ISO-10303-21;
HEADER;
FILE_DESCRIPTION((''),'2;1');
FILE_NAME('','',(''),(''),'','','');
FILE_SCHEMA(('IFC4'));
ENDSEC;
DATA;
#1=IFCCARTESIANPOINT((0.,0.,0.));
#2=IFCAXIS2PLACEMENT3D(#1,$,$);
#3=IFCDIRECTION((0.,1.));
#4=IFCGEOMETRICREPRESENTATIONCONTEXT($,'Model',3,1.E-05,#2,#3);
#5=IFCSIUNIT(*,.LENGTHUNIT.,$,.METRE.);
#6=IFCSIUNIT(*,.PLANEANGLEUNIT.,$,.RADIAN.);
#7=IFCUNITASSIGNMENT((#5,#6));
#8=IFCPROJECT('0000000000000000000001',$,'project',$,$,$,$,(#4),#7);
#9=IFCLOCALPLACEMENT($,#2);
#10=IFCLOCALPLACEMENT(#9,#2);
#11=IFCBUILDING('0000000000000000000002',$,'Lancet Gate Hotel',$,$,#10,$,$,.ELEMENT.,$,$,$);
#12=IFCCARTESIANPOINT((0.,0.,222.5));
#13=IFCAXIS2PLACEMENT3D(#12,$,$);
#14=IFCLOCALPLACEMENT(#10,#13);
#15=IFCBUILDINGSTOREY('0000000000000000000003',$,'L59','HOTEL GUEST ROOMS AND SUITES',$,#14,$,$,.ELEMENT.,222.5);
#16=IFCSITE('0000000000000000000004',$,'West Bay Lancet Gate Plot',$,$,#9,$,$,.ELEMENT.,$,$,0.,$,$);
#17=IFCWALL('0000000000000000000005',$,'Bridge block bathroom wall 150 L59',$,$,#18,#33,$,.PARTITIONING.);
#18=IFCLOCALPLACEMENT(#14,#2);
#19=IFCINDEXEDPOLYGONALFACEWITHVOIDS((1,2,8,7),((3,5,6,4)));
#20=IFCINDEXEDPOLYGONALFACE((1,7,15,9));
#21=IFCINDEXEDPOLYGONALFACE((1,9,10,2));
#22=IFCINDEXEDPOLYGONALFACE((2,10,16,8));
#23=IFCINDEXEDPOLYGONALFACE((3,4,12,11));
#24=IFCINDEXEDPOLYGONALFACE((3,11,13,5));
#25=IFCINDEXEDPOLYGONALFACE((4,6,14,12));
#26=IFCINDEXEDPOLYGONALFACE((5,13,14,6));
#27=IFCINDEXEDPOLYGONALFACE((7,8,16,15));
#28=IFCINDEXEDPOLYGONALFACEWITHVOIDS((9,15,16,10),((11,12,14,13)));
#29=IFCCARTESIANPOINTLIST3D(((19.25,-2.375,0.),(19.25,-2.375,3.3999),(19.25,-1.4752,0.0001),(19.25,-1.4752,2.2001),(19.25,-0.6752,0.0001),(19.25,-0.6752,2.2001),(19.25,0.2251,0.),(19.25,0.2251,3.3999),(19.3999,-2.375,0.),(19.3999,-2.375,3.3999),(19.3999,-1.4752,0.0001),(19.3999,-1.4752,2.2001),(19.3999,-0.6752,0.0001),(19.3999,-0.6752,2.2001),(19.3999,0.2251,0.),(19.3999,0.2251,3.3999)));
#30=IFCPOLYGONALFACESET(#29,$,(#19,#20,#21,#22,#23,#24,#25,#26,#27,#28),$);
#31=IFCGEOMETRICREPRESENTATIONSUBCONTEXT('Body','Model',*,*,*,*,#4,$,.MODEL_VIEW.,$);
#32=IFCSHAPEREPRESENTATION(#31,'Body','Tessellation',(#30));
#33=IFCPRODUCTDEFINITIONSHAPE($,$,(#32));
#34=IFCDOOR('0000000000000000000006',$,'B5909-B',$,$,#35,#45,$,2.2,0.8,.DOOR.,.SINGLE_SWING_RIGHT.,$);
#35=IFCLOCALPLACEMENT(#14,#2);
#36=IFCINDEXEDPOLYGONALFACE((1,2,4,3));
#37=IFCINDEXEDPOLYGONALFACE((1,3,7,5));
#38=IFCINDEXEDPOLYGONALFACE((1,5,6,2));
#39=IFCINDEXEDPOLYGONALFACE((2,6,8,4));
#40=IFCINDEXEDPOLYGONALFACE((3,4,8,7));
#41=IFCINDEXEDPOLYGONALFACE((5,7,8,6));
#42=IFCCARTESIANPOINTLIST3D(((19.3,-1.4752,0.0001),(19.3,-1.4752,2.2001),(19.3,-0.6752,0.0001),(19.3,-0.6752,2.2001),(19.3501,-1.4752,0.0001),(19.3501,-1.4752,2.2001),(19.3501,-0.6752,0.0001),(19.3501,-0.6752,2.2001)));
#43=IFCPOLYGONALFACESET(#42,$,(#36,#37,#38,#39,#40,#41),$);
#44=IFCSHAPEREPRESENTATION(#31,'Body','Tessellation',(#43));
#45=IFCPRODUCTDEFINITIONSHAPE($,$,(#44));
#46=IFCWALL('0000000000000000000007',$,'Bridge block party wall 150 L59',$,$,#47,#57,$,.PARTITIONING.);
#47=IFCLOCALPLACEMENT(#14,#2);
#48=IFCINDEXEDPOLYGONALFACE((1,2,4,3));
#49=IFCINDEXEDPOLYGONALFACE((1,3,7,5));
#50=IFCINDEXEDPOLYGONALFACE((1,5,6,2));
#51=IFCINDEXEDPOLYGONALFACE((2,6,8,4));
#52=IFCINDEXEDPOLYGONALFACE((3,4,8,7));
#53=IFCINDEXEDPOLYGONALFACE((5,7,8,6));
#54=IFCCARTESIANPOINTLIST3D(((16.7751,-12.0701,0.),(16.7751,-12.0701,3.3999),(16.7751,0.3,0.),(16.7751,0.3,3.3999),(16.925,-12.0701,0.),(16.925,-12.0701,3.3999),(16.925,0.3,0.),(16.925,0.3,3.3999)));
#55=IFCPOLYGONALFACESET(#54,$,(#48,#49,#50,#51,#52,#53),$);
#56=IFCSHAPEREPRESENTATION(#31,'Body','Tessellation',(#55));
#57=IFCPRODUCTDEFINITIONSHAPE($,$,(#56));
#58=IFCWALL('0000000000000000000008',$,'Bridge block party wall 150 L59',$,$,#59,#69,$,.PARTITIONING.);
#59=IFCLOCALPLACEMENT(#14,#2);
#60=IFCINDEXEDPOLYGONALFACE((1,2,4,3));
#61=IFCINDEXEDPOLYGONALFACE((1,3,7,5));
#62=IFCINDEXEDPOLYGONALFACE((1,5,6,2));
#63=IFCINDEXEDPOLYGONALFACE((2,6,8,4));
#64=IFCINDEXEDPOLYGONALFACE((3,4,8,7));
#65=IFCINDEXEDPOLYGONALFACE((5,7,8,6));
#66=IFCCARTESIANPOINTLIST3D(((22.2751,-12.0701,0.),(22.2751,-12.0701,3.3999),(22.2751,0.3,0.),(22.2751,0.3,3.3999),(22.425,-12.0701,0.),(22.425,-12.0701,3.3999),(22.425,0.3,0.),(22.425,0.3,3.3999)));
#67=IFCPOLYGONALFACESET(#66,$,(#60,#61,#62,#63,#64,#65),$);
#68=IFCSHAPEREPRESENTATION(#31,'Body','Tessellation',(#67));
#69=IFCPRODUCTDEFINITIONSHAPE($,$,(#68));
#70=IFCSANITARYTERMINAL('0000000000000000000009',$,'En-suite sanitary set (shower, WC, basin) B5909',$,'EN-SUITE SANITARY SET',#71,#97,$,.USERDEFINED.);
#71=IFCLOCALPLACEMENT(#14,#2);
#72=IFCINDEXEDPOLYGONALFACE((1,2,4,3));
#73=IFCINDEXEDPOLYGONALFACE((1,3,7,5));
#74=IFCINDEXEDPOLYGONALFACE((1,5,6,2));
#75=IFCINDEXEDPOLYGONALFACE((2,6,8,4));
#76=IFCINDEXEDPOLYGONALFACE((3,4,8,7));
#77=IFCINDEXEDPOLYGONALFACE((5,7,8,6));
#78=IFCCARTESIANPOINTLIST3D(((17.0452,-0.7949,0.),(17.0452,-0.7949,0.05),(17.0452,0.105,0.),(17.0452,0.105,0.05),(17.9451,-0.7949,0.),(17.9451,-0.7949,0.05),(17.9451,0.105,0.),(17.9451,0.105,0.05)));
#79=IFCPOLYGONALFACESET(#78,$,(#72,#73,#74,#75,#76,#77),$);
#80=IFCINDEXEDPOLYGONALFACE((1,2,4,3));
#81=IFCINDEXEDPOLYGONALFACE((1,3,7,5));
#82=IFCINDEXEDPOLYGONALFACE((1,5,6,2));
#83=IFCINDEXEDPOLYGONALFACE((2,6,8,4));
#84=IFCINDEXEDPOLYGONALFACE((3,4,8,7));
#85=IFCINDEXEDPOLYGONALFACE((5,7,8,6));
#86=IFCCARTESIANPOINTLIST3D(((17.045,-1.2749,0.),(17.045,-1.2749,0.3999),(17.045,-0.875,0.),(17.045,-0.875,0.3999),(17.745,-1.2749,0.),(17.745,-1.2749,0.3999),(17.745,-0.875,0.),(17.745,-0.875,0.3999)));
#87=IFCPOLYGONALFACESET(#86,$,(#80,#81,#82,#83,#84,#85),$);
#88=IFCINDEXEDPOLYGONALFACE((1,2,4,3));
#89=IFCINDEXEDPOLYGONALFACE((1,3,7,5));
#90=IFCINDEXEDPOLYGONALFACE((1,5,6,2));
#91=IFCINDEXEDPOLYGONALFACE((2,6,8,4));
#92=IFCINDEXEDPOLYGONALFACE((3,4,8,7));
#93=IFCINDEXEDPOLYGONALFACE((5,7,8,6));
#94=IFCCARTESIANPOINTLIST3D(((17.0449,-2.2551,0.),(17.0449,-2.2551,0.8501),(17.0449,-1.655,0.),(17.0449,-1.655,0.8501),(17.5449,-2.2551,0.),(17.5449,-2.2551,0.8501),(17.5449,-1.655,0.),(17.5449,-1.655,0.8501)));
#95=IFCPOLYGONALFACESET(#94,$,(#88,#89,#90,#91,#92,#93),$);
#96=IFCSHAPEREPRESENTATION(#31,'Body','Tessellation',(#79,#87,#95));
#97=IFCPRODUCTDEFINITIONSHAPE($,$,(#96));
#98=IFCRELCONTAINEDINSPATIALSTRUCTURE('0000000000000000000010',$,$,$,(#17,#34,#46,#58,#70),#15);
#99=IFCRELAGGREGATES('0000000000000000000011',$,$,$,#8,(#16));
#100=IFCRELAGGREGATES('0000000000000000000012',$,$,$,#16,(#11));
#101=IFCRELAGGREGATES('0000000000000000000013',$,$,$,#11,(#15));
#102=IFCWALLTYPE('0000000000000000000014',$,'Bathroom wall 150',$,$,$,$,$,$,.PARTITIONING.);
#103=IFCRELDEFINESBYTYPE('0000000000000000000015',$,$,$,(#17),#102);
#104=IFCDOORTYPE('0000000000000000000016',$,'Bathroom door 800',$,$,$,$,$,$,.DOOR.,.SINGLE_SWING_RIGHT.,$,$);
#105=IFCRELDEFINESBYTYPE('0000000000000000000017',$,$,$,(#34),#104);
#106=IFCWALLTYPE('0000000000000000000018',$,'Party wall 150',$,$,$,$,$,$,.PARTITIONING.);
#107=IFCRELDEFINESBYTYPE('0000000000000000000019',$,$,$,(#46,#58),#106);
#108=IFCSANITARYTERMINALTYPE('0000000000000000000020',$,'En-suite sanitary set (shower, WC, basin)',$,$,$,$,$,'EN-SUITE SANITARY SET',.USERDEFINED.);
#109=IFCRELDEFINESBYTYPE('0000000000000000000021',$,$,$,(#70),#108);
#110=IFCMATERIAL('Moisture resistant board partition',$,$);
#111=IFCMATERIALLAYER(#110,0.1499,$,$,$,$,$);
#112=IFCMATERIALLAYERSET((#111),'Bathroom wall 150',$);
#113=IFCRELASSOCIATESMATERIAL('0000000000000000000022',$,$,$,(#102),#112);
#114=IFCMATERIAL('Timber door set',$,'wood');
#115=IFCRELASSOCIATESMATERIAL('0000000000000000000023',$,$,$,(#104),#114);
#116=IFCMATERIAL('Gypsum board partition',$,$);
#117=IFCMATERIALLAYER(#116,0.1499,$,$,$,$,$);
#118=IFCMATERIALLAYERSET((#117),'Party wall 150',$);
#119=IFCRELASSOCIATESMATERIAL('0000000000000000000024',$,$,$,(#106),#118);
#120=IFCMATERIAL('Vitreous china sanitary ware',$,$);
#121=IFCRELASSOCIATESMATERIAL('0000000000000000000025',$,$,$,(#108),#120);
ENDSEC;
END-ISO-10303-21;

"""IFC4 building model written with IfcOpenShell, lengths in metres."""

from ifc_helpers import new_model, si_unit, direction, frame, frame_2d, origin, origin_2d, place, context, subcontext, project, spatial, rectangle, extrude, material, layer, layer_set, type_object, element, fill, save


model = new_model("IFC4")

# Units and contexts
model_context = context("Model", 3, precision=1e-05, world=origin(), true_north=direction((0.0, 1.0)))
body_context = subcontext(model_context, "Body", "Model", "MODEL_VIEW")
ifc_project = project(units=[si_unit("LENGTHUNIT", "METRE"), si_unit("PLANEANGLEUNIT", "RADIAN")], contexts=[model_context])

# Site, building, storey
site_placement = place(None, origin())
site = spatial("IfcSite", under=ifc_project, at=site_placement, Name="West Bay Lancet Gate Plot", CompositionType="ELEMENT", RefElevation=0.0)
building_placement = place(site_placement, origin())
building = spatial("IfcBuilding", under=site, at=building_placement, Name="Lancet Gate Hotel", CompositionType="ELEMENT")
storey_placement = place(building_placement, frame((0.0, 0.0, 222.5)))
storey = spatial("IfcBuildingStorey", under=building, at=storey_placement, Name="L59", Description="HOTEL GUEST ROOMS AND SUITES", CompositionType="ELEMENT", Elevation=222.5)

# Shared definitions
ifc_material_1 = material(Name="Moisture resistant board partition")
ifc_layer_1 = layer(ifc_material_1, 0.1499)
ifc_layer_set_1 = layer_set([ifc_layer_1], Name="Bathroom wall 150")
wall_type_1 = type_object("IfcWallType", Name="Bathroom wall 150", PredefinedType="PARTITIONING", material=ifc_layer_set_1)
ifc_material_2 = material(Name="Timber door set", Category="wood")
door_type = type_object("IfcDoorType", Name="Bathroom door 800", OperationType="SINGLE_SWING_RIGHT", PredefinedType="DOOR", material=ifc_material_2)

# Wall, opening, door
wall_1_placement = place(storey_placement, frame((19.325, -2.375, 0.0), z_axis=(0.0, 0.0, 1.0), x_axis=(0.0, 1.0, 0.0)))
wall_1 = element("IfcWall", 1, at=wall_1_placement, inside=storey, type_object=wall_type_1, Name="Bridge block bathroom wall 150 L59", PredefinedType="PARTITIONING", context=body_context, shape_type="SweptSolid", body=[
    extrude(rectangle(XDim=2.6001, YDim=0.1499, at=frame_2d((1.3, 0.0))), origin(), (0.0, 0.0, 1.0), 3.3999),
])
opening_1_placement = place(wall_1_placement, frame((0.8999, 0.0, 0.0)))
opening_1 = element("IfcOpeningElement", 2, at=opening_1_placement, cuts=wall_1, PredefinedType="OPENING", context=body_context, shape_type="SweptSolid", body=[
    extrude(rectangle(XDim=0.8, YDim=2.2, at=frame_2d((0.3999, 1.1001))), frame((0.0, 0.085, 0.0), z_axis=(0.0, -1.0, 0.0), x_axis=(1.0, 0.0, 0.0)), (0.0, 0.0, 1.0), 0.1699),
])
door_1_placement = place(opening_1_placement, origin())
door_1 = element("IfcDoor", 3, at=door_1_placement, inside=storey, type_object=door_type, Name="B5909-B", OperationType="SINGLE_SWING_RIGHT", OverallHeight=2.2, OverallWidth=0.8, PredefinedType="DOOR", context=body_context, shape_type="SweptSolid", body=[
    extrude(rectangle(XDim=0.8, YDim=2.2, at=frame_2d((0.3999, 1.1001))), frame((0.0, 0.0249, 0.0), z_axis=(0.0, -1.0, 0.0), x_axis=(1.0, 0.0, 0.0)), (0.0, 0.0, 1.0), 0.05),
])
fill(opening_1, door_1)

# Walls
ifc_material_3 = material(Name="Gypsum board partition")
ifc_layer_2 = layer(ifc_material_3, 0.1499)
ifc_layer_set_2 = layer_set([ifc_layer_2], Name="Party wall 150")
wall_type_2 = type_object("IfcWallType", Name="Party wall 150", PredefinedType="PARTITIONING", material=ifc_layer_set_2)
for number, where, z_axis, x_axis, name in (
    (4, (16.8501, -12.0701, 0.0), (0.0, 0.0, 1.0), (0.0, 1.0, 0.0), "Bridge block party wall 150 L59"),
    (5, (22.3501, -12.0701, 0.0), (0.0, 0.0, 1.0), (0.0, 1.0, 0.0), "Bridge block party wall 150 L59"),
):
    element("IfcWall", number, at=place(storey_placement, frame(where, z_axis=z_axis, x_axis=x_axis)), inside=storey, type_object=wall_type_2, Name=name, PredefinedType="PARTITIONING", context=body_context, shape_type="SweptSolid", body=[
        extrude(rectangle(XDim=12.3701, YDim=0.1499, at=frame_2d((6.1851, 0.0))), origin(), (0.0, 0.0, 1.0), 3.3999),
    ])

# Sanitary terminal
ifc_material_4 = material(Name="Vitreous china sanitary ware")
sanitary_terminal_type = type_object("IfcSanitaryTerminalType", Name="En-suite sanitary set (shower, WC, basin)", ElementType="EN-SUITE SANITARY SET", PredefinedType="USERDEFINED", material=ifc_material_4)
sanitary_terminal_placement = place(storey_placement, frame((17.4951, -0.345, 0.0), z_axis=(0.0, 0.0, 1.0), x_axis=(1.0, 0.0, 0.0)))
element("IfcSanitaryTerminal", 6, at=sanitary_terminal_placement, inside=storey, type_object=sanitary_terminal_type, Name="En-suite sanitary set (shower, WC, basin) B5909", ObjectType="EN-SUITE SANITARY SET", PredefinedType="USERDEFINED", context=body_context, shape_type="SweptSolid", body=[
    extrude(rectangle(XDim=0.8999, YDim=0.8999, at=origin_2d()), frame((0.0, 0.0, 0.0), z_axis=(0.0, 0.0, 1.0), x_axis=(0.0, 1.0, 0.0)), (0.0, 0.0, 1.0), 0.05),
    extrude(rectangle(XDim=0.3999, YDim=0.7, at=origin_2d()), frame((-0.1001, -0.73, 0.0), z_axis=(0.0, 0.0, 1.0), x_axis=(0.0, 1.0, 0.0)), (0.0, 0.0, 1.0), 0.3999),
    extrude(rectangle(XDim=0.6001, YDim=0.5, at=origin_2d()), frame((-0.2002, -1.6101, 0.0), z_axis=(0.0, 0.0, 1.0), x_axis=(0.0, 1.0, 0.0)), (0.0, 0.0, 1.0), 0.8501),
])

save(model, "model.ifc")
